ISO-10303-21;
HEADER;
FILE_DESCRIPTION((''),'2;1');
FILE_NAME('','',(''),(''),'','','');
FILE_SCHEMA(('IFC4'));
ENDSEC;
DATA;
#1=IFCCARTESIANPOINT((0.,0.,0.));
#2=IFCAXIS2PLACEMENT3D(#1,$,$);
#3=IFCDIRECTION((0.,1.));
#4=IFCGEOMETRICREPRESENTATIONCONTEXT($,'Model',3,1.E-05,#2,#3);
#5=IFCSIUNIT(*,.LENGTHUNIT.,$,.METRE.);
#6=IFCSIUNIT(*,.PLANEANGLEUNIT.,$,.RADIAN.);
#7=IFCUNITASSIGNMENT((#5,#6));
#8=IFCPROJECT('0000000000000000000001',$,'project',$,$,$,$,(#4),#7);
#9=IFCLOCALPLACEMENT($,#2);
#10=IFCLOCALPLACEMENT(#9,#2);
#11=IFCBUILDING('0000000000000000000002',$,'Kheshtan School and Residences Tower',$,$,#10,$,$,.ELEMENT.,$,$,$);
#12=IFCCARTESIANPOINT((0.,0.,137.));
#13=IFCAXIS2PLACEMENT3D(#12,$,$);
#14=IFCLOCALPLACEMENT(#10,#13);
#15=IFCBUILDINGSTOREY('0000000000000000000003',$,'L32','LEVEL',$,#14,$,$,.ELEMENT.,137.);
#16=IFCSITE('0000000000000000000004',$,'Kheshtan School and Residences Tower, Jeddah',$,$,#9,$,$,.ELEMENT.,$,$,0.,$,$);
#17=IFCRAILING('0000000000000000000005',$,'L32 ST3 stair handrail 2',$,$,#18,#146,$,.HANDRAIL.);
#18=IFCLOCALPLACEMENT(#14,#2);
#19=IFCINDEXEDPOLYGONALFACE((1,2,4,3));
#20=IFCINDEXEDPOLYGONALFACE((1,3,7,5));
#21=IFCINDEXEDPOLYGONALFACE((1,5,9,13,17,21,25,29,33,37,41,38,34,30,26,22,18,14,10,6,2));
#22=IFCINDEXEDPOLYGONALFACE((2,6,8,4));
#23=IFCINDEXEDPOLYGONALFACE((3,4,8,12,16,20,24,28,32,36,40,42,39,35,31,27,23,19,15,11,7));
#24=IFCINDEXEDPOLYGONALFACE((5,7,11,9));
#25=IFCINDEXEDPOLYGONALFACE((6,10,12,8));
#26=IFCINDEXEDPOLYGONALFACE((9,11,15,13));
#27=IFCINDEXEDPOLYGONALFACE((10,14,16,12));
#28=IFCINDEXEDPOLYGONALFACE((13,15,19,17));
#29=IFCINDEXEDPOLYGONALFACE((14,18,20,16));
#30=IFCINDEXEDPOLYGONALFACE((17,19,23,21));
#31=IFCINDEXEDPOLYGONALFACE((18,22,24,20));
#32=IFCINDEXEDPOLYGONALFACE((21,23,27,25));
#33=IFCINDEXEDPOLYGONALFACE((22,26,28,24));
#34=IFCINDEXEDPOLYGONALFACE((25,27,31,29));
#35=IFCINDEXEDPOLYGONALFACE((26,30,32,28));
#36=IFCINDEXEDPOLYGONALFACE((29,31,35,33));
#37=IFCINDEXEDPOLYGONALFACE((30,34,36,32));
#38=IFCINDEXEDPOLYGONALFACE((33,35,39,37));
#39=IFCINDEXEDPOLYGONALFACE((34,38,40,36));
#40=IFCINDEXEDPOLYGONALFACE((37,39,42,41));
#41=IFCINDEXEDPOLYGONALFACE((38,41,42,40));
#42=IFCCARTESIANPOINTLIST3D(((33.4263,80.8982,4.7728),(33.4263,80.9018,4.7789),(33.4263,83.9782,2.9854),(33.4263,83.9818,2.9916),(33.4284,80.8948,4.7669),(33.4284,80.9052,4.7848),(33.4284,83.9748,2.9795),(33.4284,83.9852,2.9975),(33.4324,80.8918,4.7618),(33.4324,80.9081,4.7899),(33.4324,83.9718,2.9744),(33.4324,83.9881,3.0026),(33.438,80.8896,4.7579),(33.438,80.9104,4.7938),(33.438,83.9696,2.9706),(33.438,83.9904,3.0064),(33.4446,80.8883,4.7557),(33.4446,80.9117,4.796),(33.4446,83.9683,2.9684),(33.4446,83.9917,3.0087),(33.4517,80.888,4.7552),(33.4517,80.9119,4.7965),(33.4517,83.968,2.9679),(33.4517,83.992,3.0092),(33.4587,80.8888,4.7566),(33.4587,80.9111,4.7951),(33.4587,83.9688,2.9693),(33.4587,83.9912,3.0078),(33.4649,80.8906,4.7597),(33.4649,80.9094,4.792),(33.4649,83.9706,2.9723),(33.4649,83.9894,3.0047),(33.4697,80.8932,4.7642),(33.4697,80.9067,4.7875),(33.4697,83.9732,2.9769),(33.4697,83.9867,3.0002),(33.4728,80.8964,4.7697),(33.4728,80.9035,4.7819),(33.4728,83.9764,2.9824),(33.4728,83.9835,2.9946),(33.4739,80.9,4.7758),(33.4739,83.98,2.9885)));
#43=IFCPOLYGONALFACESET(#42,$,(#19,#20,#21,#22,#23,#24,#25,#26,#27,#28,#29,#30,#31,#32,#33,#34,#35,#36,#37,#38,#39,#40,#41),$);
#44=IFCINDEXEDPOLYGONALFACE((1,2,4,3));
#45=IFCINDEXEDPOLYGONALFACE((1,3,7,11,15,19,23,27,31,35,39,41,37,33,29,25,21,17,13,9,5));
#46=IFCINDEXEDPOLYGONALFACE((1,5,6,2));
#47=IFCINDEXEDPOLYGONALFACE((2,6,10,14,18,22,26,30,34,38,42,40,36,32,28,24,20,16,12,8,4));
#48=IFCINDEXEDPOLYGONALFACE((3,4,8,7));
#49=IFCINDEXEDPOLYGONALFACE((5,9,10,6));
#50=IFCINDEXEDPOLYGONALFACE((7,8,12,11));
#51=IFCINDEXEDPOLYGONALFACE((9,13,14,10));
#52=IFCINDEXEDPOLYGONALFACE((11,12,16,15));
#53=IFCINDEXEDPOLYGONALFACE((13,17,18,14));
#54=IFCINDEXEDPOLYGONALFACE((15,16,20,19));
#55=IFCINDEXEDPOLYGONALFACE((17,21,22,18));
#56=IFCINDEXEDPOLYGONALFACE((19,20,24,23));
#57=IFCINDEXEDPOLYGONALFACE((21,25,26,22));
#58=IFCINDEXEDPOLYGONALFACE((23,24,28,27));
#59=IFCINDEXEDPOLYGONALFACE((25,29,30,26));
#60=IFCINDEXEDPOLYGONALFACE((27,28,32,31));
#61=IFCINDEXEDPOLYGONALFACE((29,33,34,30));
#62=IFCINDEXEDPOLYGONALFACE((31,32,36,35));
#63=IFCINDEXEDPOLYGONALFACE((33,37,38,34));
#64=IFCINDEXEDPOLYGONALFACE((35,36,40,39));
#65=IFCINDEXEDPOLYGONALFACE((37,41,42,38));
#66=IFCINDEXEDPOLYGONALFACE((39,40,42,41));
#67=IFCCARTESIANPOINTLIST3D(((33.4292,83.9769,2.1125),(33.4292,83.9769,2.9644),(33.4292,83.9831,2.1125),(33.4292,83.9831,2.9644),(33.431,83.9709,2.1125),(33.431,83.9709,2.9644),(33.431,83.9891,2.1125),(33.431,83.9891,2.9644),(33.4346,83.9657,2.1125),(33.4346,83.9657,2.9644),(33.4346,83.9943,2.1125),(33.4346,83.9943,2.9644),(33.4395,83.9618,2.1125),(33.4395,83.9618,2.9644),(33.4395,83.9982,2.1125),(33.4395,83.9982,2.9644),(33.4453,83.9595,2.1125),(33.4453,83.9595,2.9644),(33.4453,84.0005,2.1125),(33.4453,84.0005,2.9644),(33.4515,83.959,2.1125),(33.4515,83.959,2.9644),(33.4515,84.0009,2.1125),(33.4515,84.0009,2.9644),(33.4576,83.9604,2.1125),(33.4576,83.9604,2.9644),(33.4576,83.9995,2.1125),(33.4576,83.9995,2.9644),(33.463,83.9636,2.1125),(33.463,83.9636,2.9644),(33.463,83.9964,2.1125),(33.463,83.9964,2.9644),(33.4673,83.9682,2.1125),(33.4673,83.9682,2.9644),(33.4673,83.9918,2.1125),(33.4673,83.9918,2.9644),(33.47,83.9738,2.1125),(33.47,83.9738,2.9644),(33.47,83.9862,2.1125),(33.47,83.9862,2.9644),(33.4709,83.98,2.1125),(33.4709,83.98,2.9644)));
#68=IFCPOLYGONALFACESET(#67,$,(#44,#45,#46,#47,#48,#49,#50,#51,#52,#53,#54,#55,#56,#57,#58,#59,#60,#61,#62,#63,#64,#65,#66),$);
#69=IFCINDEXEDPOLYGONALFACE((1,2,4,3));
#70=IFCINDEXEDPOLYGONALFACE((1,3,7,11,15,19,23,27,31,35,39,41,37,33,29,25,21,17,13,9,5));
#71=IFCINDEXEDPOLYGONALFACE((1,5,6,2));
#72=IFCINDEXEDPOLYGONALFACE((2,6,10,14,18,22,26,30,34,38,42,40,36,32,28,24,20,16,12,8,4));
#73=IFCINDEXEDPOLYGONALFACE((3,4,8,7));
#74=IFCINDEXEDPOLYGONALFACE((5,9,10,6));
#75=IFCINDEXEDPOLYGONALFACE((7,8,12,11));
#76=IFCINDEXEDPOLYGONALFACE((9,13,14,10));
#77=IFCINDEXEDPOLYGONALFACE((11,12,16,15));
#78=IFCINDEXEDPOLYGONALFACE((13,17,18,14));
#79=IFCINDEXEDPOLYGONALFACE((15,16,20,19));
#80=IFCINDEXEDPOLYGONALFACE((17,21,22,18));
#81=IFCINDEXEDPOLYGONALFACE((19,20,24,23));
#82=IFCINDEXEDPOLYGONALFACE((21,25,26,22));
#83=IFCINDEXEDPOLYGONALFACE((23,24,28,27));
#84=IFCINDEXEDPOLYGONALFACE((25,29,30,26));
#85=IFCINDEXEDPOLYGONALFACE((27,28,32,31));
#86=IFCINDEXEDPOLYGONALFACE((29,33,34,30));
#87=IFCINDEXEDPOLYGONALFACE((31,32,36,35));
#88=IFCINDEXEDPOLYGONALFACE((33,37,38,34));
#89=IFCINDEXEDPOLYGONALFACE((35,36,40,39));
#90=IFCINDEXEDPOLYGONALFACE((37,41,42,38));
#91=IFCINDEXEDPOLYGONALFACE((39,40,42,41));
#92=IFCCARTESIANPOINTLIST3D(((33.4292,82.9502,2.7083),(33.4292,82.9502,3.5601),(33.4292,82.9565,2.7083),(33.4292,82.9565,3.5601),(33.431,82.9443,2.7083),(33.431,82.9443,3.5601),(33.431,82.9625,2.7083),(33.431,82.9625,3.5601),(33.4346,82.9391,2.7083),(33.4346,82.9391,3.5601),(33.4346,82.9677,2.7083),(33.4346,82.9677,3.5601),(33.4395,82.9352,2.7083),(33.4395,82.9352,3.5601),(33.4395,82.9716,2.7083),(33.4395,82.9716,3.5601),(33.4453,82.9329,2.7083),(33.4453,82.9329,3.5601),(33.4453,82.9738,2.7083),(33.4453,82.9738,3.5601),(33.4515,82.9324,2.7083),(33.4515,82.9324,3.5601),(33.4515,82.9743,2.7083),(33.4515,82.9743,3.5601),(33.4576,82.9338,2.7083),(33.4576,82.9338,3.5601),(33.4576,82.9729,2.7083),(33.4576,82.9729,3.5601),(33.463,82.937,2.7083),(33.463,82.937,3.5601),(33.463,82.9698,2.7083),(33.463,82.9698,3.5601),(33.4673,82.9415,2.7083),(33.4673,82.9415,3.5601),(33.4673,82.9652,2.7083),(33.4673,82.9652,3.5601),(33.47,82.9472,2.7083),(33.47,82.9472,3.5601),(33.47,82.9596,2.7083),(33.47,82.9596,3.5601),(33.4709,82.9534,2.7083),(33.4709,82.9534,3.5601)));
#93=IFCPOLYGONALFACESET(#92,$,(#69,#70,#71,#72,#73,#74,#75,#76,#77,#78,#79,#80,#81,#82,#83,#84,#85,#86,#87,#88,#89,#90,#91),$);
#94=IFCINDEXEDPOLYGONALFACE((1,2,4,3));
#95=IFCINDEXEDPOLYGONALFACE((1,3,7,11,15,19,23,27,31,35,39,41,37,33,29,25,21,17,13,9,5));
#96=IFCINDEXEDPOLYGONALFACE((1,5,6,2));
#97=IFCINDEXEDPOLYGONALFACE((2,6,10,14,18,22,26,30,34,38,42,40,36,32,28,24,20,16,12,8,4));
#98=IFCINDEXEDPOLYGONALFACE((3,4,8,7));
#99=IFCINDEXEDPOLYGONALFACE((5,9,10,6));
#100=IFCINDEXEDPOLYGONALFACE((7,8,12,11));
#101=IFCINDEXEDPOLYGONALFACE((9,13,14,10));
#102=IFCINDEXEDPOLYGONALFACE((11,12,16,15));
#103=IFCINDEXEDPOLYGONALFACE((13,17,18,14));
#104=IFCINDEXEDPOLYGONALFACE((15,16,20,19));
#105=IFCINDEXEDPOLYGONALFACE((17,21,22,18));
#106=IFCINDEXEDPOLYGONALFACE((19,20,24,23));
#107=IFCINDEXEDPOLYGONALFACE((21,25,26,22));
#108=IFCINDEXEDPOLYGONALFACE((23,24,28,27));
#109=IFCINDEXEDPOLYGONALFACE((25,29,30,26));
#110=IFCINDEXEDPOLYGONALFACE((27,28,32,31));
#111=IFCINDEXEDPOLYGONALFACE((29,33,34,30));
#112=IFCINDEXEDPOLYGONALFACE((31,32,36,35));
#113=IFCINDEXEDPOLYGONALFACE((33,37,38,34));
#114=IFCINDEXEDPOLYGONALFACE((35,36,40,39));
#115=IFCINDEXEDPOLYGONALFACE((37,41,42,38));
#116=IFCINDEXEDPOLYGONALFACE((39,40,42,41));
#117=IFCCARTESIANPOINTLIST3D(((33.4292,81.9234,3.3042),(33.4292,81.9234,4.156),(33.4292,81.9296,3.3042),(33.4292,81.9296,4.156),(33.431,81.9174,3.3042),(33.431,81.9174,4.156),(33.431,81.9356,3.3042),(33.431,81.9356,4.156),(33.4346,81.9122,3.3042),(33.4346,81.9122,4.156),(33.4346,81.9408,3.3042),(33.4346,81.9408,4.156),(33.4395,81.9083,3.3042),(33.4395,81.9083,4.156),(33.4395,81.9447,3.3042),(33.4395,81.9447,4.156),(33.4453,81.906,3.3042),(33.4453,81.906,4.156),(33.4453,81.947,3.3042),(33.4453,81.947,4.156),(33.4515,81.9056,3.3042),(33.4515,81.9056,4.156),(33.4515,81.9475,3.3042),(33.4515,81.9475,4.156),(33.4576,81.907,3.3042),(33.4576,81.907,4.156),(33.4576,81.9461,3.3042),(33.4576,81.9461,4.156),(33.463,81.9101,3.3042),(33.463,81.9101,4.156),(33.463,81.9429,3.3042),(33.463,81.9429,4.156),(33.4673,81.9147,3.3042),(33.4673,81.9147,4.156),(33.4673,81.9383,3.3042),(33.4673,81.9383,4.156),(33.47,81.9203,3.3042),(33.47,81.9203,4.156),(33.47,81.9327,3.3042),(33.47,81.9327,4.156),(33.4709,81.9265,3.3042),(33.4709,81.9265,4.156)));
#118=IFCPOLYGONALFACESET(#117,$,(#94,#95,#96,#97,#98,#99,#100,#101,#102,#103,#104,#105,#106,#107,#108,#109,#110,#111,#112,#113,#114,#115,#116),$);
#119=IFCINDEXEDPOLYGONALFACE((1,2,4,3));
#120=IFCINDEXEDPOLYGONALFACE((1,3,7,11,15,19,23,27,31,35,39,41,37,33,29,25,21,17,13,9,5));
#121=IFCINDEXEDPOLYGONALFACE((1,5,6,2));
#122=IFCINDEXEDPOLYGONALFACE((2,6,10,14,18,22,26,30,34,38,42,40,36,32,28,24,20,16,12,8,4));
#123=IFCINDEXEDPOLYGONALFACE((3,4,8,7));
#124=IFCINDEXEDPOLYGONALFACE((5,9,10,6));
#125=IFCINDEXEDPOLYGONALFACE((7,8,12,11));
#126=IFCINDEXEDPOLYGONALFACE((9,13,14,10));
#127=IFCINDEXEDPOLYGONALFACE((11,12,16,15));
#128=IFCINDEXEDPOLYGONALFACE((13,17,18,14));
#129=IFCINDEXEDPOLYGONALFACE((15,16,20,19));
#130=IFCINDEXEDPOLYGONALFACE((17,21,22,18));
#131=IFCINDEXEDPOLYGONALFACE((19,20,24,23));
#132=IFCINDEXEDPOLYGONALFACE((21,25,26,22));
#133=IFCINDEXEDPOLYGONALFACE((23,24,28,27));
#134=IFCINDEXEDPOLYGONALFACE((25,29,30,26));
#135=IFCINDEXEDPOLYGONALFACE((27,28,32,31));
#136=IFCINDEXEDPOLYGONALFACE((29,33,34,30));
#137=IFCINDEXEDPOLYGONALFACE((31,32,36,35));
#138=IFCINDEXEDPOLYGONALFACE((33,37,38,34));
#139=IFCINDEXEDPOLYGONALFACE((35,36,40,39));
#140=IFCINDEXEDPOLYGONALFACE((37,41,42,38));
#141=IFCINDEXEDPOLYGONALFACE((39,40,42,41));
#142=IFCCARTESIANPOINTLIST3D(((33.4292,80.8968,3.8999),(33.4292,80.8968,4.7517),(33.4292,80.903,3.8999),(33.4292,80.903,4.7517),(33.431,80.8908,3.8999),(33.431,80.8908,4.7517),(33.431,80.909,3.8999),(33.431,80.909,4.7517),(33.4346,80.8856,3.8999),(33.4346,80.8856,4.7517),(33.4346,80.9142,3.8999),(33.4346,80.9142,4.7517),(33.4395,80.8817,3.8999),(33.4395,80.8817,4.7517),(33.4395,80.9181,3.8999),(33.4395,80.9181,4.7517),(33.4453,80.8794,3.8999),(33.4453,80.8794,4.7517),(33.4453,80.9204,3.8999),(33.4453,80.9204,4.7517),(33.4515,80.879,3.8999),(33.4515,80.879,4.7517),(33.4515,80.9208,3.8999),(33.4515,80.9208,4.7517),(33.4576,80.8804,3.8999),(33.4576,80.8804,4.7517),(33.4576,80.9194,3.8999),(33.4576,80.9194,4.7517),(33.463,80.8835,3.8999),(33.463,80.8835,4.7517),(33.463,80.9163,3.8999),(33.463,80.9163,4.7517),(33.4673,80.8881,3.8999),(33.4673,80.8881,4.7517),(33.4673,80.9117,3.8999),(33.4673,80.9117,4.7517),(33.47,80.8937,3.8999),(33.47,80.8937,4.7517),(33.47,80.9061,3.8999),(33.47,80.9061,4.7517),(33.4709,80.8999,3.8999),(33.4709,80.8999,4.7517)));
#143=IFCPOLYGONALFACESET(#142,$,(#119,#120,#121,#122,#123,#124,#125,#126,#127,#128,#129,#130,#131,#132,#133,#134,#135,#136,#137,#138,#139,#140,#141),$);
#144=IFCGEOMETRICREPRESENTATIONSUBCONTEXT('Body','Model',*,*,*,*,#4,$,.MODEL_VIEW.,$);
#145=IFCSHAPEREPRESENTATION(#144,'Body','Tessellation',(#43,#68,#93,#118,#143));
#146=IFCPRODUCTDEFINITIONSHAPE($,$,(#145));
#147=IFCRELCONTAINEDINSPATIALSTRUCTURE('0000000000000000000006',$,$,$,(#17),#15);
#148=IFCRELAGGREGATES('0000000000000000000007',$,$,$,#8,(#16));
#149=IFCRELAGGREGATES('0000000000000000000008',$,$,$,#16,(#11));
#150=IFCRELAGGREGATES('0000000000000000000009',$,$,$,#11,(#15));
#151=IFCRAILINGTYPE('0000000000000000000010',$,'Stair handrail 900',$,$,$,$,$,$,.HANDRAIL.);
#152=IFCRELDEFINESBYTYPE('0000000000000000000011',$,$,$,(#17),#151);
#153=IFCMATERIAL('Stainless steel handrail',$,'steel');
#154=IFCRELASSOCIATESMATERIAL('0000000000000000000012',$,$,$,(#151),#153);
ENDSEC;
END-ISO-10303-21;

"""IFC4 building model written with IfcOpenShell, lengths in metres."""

from ifc_helpers import new_model, si_unit, direction, frame, origin, origin_2d, place, context, subcontext, project, spatial, circle, extrude, material, type_object, element, save


model = new_model("IFC4")

# Units and contexts
model_context = context("Model", 3, precision=1e-05, world=origin(), true_north=direction((0.0, 1.0)))
body_context = subcontext(model_context, "Body", "Model", "MODEL_VIEW")
ifc_project = project(units=[si_unit("LENGTHUNIT", "METRE"), si_unit("PLANEANGLEUNIT", "RADIAN")], contexts=[model_context])

# Site, building, storey
site_placement = place(None, origin())
site = spatial("IfcSite", under=ifc_project, at=site_placement, Name="Kheshtan School and Residences Tower, Jeddah", CompositionType="ELEMENT", RefElevation=0.0)
building_placement = place(site_placement, origin())
building = spatial("IfcBuilding", under=site, at=building_placement, Name="Kheshtan School and Residences Tower", CompositionType="ELEMENT")
storey_placement = place(building_placement, frame((0.0, 0.0, 137.0)))
storey = spatial("IfcBuildingStorey", under=building, at=storey_placement, Name="L32", Description="LEVEL", CompositionType="ELEMENT", Elevation=137.0)

# Railing
ifc_material_1 = material(Name="Stainless steel handrail", Category="steel")
railing_type = type_object("IfcRailingType", Name="Stair handrail 900", PredefinedType="HANDRAIL", material=ifc_material_1)
railing_placement = place(storey_placement, frame((33.45, 83.98, 2.1125)))
element("IfcRailing", 1, at=railing_placement, inside=storey, type_object=railing_type, Name="L32 ST3 stair handrail 2", PredefinedType="HANDRAIL", context=body_context, shape_type="SweptSolid", body=[
    extrude(circle(Radius=0.0239, at=origin_2d()), frame((0.0, 0.0, 0.876), z_axis=(0.0, -0.86492, 0.501909), x_axis=(1.0, 0.0, 0.0)), (0.0, 0.0, 1.0), 3.561),
    extrude(circle(Radius=0.021, at=origin_2d()), origin(), (0.0, 0.0, 1.0), 0.8518),
    extrude(circle(Radius=0.021, at=origin_2d()), frame((0.0, -1.0266, 0.5957)), (0.0, 0.0, 1.0), 0.8518),
    extrude(circle(Radius=0.021, at=origin_2d()), frame((0.0, -2.0535, 1.1917)), (0.0, 0.0, 1.0), 0.8518),
    extrude(circle(Radius=0.021, at=origin_2d()), frame((0.0, -3.0801, 1.7874)), (0.0, 0.0, 1.0), 0.8518),
])

save(model, "model.ifc")
